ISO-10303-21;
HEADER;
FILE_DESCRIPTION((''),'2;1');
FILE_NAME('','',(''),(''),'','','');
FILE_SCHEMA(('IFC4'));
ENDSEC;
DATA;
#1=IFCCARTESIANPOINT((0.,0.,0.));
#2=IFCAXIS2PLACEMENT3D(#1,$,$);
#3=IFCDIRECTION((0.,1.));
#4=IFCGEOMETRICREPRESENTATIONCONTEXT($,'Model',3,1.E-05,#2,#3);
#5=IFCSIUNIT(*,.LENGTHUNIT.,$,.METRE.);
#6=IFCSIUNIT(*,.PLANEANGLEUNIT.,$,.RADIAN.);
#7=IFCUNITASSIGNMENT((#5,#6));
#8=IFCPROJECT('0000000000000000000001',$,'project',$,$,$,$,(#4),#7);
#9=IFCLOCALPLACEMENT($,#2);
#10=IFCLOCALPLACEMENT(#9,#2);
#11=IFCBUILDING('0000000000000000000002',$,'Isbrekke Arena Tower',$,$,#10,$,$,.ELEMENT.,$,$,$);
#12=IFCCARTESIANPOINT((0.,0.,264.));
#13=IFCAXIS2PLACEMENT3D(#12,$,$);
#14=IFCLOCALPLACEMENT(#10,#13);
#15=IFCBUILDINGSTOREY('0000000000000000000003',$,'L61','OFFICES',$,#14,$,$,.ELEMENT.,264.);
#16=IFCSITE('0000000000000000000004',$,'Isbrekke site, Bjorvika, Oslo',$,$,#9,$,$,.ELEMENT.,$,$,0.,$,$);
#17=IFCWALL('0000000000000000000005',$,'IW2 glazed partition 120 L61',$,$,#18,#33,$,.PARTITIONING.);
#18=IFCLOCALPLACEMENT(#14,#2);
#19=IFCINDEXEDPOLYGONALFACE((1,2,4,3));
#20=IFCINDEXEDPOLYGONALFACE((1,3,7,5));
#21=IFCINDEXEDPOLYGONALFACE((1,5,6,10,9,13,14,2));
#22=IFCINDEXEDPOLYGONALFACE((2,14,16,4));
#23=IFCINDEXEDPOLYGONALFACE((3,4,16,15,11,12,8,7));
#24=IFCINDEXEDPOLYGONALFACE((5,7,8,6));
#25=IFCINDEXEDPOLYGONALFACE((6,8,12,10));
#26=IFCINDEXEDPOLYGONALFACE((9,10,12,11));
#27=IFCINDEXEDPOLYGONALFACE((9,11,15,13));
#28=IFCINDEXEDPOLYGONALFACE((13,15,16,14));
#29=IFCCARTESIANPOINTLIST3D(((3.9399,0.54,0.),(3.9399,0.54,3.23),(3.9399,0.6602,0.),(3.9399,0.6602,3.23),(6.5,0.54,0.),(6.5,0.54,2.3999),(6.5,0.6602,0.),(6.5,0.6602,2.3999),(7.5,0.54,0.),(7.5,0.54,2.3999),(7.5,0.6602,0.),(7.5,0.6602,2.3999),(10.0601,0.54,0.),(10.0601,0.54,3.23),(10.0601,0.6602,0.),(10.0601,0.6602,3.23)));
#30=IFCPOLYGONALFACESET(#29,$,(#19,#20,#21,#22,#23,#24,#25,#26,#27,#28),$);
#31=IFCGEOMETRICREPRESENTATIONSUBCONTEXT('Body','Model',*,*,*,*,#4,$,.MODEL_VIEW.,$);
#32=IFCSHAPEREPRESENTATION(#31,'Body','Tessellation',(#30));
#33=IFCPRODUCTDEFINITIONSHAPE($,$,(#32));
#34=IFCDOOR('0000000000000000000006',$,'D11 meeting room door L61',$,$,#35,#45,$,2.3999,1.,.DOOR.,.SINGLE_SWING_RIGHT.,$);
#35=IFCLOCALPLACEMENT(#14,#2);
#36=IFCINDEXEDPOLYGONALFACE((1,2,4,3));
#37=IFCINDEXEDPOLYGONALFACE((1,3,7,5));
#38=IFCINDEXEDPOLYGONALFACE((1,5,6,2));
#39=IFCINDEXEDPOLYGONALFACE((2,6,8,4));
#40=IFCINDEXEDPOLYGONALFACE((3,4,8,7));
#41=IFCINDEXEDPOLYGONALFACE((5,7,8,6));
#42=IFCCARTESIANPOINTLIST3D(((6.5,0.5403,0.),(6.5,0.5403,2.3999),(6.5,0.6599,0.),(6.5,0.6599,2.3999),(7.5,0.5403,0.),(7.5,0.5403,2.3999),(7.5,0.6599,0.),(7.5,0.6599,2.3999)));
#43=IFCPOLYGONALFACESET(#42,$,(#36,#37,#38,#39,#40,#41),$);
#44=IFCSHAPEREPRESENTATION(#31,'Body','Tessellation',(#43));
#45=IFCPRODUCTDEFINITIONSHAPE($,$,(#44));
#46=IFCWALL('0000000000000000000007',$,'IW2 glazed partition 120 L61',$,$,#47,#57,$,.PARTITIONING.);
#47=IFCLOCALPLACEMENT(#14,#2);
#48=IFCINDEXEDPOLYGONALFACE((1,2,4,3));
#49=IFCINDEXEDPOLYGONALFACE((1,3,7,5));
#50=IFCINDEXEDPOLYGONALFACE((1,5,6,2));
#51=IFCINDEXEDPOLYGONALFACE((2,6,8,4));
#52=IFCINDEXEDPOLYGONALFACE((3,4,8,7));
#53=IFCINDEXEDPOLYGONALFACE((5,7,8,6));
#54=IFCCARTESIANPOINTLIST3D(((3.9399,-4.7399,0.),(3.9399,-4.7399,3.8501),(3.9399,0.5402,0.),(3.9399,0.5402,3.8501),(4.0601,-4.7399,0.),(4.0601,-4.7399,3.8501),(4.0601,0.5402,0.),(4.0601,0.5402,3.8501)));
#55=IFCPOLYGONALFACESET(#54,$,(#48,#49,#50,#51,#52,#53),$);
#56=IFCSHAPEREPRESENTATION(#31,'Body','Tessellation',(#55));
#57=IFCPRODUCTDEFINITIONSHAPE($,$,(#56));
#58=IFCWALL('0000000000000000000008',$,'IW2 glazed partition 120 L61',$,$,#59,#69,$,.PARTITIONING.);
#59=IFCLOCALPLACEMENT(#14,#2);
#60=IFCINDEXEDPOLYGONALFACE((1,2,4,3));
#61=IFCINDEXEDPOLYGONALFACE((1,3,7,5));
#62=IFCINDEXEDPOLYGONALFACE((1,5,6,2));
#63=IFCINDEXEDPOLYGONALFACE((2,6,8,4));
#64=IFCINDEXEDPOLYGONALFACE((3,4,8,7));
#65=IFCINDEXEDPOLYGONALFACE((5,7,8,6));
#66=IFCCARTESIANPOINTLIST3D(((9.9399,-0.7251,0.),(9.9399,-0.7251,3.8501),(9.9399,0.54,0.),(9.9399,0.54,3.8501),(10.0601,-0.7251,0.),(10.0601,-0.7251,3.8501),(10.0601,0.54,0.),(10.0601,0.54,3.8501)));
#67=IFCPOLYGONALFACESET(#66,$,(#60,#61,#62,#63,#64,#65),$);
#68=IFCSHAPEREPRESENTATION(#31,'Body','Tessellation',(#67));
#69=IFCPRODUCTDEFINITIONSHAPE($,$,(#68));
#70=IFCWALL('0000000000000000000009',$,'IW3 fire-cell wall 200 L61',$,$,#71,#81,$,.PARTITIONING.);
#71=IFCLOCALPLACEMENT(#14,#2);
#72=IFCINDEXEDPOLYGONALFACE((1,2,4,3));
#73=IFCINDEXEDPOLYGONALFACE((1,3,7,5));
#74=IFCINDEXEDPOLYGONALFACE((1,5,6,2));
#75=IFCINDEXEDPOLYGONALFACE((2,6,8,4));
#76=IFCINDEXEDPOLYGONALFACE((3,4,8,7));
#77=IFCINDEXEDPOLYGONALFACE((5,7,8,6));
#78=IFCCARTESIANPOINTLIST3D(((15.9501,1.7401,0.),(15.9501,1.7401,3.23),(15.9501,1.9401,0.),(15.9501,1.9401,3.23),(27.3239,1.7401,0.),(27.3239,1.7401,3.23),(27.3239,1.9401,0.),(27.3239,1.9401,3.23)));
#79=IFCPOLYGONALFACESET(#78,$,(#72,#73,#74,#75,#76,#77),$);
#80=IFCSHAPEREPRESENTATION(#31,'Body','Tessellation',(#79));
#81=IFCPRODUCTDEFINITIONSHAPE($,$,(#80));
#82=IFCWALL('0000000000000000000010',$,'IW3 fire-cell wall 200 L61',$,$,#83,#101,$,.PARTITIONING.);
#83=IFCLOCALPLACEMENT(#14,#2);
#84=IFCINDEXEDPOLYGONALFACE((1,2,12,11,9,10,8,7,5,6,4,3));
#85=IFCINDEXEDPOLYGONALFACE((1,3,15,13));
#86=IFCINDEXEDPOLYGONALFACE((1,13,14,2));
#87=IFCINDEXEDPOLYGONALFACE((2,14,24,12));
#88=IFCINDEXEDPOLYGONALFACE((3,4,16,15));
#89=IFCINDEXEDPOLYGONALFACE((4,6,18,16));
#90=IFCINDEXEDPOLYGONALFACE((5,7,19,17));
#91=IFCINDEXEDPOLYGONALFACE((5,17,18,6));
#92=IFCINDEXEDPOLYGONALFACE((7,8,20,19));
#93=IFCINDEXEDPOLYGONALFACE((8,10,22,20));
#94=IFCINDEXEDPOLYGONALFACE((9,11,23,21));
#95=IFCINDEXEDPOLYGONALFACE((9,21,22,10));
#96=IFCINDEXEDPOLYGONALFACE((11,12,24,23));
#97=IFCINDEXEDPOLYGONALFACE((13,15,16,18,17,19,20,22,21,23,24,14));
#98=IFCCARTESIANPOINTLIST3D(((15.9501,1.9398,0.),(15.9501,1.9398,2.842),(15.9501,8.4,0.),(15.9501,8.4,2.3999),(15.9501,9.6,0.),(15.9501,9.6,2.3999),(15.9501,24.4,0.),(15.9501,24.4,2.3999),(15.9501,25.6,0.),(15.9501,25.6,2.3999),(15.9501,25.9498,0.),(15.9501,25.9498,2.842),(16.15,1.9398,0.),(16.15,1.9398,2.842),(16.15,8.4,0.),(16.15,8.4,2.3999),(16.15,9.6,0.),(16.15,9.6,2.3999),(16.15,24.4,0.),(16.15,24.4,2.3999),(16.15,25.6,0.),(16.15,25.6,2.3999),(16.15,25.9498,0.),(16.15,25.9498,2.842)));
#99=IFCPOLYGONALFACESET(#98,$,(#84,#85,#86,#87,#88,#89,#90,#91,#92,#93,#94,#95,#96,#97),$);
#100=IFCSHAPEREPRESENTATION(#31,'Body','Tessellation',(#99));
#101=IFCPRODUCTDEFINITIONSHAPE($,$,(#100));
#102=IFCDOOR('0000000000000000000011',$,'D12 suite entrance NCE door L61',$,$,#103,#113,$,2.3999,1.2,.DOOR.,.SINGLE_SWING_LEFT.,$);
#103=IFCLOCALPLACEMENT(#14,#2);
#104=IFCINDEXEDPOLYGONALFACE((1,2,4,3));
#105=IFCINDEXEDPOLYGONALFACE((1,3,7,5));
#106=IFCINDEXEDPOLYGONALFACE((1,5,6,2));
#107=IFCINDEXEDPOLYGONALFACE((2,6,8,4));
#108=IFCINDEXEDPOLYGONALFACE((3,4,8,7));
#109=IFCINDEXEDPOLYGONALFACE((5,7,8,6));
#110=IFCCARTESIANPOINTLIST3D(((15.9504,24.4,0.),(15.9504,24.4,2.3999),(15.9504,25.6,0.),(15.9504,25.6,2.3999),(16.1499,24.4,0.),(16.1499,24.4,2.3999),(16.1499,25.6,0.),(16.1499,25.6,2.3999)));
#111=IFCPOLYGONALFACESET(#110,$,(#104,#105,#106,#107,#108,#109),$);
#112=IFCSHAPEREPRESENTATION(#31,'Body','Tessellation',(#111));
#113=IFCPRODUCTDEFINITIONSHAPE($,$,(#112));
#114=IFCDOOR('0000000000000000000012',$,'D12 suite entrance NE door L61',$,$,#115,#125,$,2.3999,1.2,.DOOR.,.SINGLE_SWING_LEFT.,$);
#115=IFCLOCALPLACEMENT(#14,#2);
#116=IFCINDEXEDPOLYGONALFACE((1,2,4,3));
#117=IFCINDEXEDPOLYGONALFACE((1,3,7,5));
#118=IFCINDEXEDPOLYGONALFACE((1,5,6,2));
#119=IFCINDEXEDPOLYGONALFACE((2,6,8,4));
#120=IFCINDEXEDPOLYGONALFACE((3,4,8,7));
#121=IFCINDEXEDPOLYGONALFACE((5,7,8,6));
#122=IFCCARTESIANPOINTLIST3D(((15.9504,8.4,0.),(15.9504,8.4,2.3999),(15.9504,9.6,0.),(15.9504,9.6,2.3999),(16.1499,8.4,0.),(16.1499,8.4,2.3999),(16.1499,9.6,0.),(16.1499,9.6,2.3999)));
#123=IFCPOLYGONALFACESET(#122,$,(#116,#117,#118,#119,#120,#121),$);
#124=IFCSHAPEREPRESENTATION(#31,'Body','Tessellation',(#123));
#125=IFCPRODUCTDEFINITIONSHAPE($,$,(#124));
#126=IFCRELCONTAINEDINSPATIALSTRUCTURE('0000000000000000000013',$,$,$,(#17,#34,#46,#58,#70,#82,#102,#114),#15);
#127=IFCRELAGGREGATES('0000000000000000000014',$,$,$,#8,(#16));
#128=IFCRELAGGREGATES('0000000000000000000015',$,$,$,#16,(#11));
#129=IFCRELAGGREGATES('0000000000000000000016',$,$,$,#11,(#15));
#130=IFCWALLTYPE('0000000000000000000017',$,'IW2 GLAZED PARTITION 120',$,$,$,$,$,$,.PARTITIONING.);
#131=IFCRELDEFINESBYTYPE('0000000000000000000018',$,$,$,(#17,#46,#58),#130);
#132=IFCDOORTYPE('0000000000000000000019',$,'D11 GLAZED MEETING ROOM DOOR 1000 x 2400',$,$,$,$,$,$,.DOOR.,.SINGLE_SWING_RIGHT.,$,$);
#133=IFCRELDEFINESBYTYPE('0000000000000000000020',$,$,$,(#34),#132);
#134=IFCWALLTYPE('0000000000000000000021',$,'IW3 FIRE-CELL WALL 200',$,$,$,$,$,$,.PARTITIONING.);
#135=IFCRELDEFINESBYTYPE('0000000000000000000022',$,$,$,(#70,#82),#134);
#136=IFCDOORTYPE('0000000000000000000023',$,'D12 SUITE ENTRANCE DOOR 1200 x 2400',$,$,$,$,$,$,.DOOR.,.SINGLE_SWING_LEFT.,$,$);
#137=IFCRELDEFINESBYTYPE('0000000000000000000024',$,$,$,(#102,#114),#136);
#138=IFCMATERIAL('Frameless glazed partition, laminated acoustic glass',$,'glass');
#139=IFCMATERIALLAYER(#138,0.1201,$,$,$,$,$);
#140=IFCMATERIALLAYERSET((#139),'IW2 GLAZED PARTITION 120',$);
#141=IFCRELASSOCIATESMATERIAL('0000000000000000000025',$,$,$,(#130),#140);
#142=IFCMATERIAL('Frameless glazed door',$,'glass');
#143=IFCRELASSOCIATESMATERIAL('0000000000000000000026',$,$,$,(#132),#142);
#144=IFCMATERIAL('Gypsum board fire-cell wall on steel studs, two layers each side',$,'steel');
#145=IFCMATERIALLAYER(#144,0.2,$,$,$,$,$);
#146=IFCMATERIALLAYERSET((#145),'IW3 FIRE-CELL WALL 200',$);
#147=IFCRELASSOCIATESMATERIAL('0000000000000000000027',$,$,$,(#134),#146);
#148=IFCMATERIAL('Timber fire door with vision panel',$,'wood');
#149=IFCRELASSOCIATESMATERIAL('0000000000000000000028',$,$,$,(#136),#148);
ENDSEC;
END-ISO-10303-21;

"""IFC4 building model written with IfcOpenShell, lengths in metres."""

from ifc_helpers import new_model, si_unit, direction, frame, frame_2d, origin, place, context, subcontext, project, spatial, rectangle, extrude, material, layer, layer_set, type_object, element, fill, save


model = new_model("IFC4")

# Units and contexts
model_context = context("Model", 3, precision=1e-05, world=origin(), true_north=direction((0.0, 1.0)))
body_context = subcontext(model_context, "Body", "Model", "MODEL_VIEW")
ifc_project = project(units=[si_unit("LENGTHUNIT", "METRE"), si_unit("PLANEANGLEUNIT", "RADIAN")], contexts=[model_context])

# Site, building, storey
site_placement = place(None, origin())
site = spatial("IfcSite", under=ifc_project, at=site_placement, Name="Isbrekke site, Bjorvika, Oslo", CompositionType="ELEMENT", RefElevation=0.0)
building_placement = place(site_placement, origin())
building = spatial("IfcBuilding", under=site, at=building_placement, Name="Isbrekke Arena Tower", CompositionType="ELEMENT")
storey_placement = place(building_placement, frame((0.0, 0.0, 264.0)))
storey = spatial("IfcBuildingStorey", under=building, at=storey_placement, Name="L61", Description="OFFICES", CompositionType="ELEMENT", Elevation=264.0)

# Shared definitions
ifc_material_1 = material(Name="Frameless glazed partition, laminated acoustic glass", Category="glass")
ifc_layer_1 = layer(ifc_material_1, 0.1201)
ifc_layer_set_1 = layer_set([ifc_layer_1], Name="IW2 GLAZED PARTITION 120")
wall_type_1 = type_object("IfcWallType", Name="IW2 GLAZED PARTITION 120", PredefinedType="PARTITIONING", material=ifc_layer_set_1)

# Wall, opening, door
wall_1_placement = place(storey_placement, frame((3.9399, 0.6001, 0.0), z_axis=(0.0, 0.0, 1.0), x_axis=(1.0, 0.0, 0.0)))
wall_1 = element("IfcWall", 1, at=wall_1_placement, inside=storey, type_object=wall_type_1, Name="IW2 glazed partition 120 L61", PredefinedType="PARTITIONING", context=body_context, shape_type="SweptSolid", body=[
    extrude(rectangle(XDim=6.1201, YDim=0.1201, at=frame_2d((3.0601, 0.0))), origin(), (0.0, 0.0, 1.0), 3.23),
])
opening_1_placement = place(wall_1_placement, frame((2.5601, 0.0, 0.0)))
opening_1 = element("IfcOpeningElement", 2, at=opening_1_placement, cuts=wall_1, PredefinedType="OPENING", context=body_context, shape_type="SweptSolid", body=[
    extrude(rectangle(XDim=1.0, YDim=2.3999, at=frame_2d((0.5, 1.2))), frame((0.0, 0.075, 0.0), z_axis=(0.0, -1.0, 0.0), x_axis=(1.0, 0.0, 0.0)), (0.0, 0.0, 1.0), 0.1499),
])
ifc_material_2 = material(Name="Frameless glazed door", Category="glass")
door_type_1 = type_object("IfcDoorType", Name="D11 GLAZED MEETING ROOM DOOR 1000 x 2400", OperationType="SINGLE_SWING_RIGHT", PredefinedType="DOOR", material=ifc_material_2)
door_1_placement = place(opening_1_placement, origin())
door_1 = element("IfcDoor", 3, at=door_1_placement, inside=storey, type_object=door_type_1, Name="D11 meeting room door L61", OperationType="SINGLE_SWING_RIGHT", OverallHeight=2.3999, OverallWidth=1.0, PredefinedType="DOOR", context=body_context, shape_type="SweptSolid", body=[
    extrude(rectangle(XDim=1.0, YDim=2.3999, at=frame_2d((0.5, 1.2))), frame((0.0, 0.0598, 0.0), z_axis=(0.0, -1.0, 0.0), x_axis=(1.0, 0.0, 0.0)), (0.0, 0.0, 1.0), 0.1196),
])
fill(opening_1, door_1)

# Walls
wall_2_placement = place(storey_placement, frame((4.0, -4.74, 0.0), z_axis=(0.0, 0.0, 1.0), x_axis=(0.0, 1.0, 0.0)))
element("IfcWall", 4, at=wall_2_placement, inside=storey, type_object=wall_type_1, Name="IW2 glazed partition 120 L61", PredefinedType="PARTITIONING", context=body_context, shape_type="SweptSolid", body=[
    extrude(rectangle(XDim=5.28, YDim=0.1201, at=frame_2d((2.6401, 0.0))), origin(), (0.0, 0.0, 1.0), 3.8501),
])
wall_3_placement = place(storey_placement, frame((10.0, -0.7251, 0.0), z_axis=(0.0, 0.0, 1.0), x_axis=(0.0, 1.0, 0.0)))
element("IfcWall", 5, at=wall_3_placement, inside=storey, type_object=wall_type_1, Name="IW2 glazed partition 120 L61", PredefinedType="PARTITIONING", context=body_context, shape_type="SweptSolid", body=[
    extrude(rectangle(XDim=1.2651, YDim=0.1201, at=frame_2d((0.6326, 0.0))), origin(), (0.0, 0.0, 1.0), 3.8501),
])
ifc_material_3 = material(Name="Gypsum board fire-cell wall on steel studs, two layers each side", Category="steel")
ifc_layer_2 = layer(ifc_material_3, 0.2)
ifc_layer_set_2 = layer_set([ifc_layer_2], Name="IW3 FIRE-CELL WALL 200")
wall_type_2 = type_object("IfcWallType", Name="IW3 FIRE-CELL WALL 200", PredefinedType="PARTITIONING", material=ifc_layer_set_2)
wall_4_placement = place(storey_placement, frame((15.95, 1.8401, 0.0), z_axis=(0.0, 0.0, 1.0), x_axis=(1.0, 0.0, 0.0)))
element("IfcWall", 6, at=wall_4_placement, inside=storey, type_object=wall_type_2, Name="IW3 fire-cell wall 200 L61", PredefinedType="PARTITIONING", context=body_context, shape_type="SweptSolid", body=[
    extrude(rectangle(XDim=11.3738, YDim=0.2, at=frame_2d((5.687, 0.0))), origin(), (0.0, 0.0, 1.0), 3.23),
])

# Wall, openings, doors
wall_5_placement = place(storey_placement, frame((16.05, 1.9399, 0.0), z_axis=(0.0, 0.0, 1.0), x_axis=(0.0, 1.0, 0.0)))
wall_5 = element("IfcWall", 7, at=wall_5_placement, inside=storey, type_object=wall_type_2, Name="IW3 fire-cell wall 200 L61", PredefinedType="PARTITIONING", context=body_context, shape_type="SweptSolid", body=[
    extrude(rectangle(XDim=24.01, YDim=0.2, at=frame_2d((12.0049, 0.0))), origin(), (0.0, 0.0, 1.0), 2.842),
])
opening_2_placement = place(wall_5_placement, frame((22.46, 0.0, 0.0)))
opening_2 = element("IfcOpeningElement", 8, at=opening_2_placement, cuts=wall_5, PredefinedType="OPENING", context=body_context, shape_type="SweptSolid", body=[
    extrude(rectangle(XDim=1.2, YDim=2.3999, at=frame_2d((0.6001, 1.2))), frame((0.0, 0.1147, 0.0), z_axis=(0.0, -1.0, 0.0), x_axis=(1.0, 0.0, 0.0)), (0.0, 0.0, 1.0), 0.2297),
])
opening_3_placement = place(wall_5_placement, frame((6.46, 0.0, 0.0)))
opening_3 = element("IfcOpeningElement", 9, at=opening_3_placement, cuts=wall_5, PredefinedType="OPENING", context=body_context, shape_type="SweptSolid", body=[
    extrude(rectangle(XDim=1.2, YDim=2.3999, at=frame_2d((0.6001, 1.2))), frame((0.0, 0.1147, 0.0), z_axis=(0.0, -1.0, 0.0), x_axis=(1.0, 0.0, 0.0)), (0.0, 0.0, 1.0), 0.2297),
])
ifc_material_4 = material(Name="Timber fire door with vision panel", Category="wood")
door_type_2 = type_object("IfcDoorType", Name="D12 SUITE ENTRANCE DOOR 1200 x 2400", OperationType="SINGLE_SWING_LEFT", PredefinedType="DOOR", material=ifc_material_4)
door_2_placement = place(opening_2_placement, origin())
door_2 = element("IfcDoor", 10, at=door_2_placement, inside=storey, type_object=door_type_2, Name="D12 suite entrance NCE door L61", OperationType="SINGLE_SWING_LEFT", OverallHeight=2.3999, OverallWidth=1.2, PredefinedType="DOOR", context=body_context, shape_type="SweptSolid", body=[
    extrude(rectangle(XDim=1.2, YDim=2.3999, at=frame_2d((0.6001, 1.2))), frame((0.0, 0.0996, 0.0), z_axis=(0.0, -1.0, 0.0), x_axis=(1.0, 0.0, 0.0)), (0.0, 0.0, 1.0), 0.1995),
])
fill(opening_2, door_2)
door_3_placement = place(opening_3_placement, origin())
door_3 = element("IfcDoor", 11, at=door_3_placement, inside=storey, type_object=door_type_2, Name="D12 suite entrance NE door L61", OperationType="SINGLE_SWING_LEFT", OverallHeight=2.3999, OverallWidth=1.2, PredefinedType="DOOR", context=body_context, shape_type="SweptSolid", body=[
    extrude(rectangle(XDim=1.2, YDim=2.3999, at=frame_2d((0.6001, 1.2))), frame((0.0, 0.0996, 0.0), z_axis=(0.0, -1.0, 0.0), x_axis=(1.0, 0.0, 0.0)), (0.0, 0.0, 1.0), 0.1995),
])
fill(opening_3, door_3)

save(model, "model.ifc")
